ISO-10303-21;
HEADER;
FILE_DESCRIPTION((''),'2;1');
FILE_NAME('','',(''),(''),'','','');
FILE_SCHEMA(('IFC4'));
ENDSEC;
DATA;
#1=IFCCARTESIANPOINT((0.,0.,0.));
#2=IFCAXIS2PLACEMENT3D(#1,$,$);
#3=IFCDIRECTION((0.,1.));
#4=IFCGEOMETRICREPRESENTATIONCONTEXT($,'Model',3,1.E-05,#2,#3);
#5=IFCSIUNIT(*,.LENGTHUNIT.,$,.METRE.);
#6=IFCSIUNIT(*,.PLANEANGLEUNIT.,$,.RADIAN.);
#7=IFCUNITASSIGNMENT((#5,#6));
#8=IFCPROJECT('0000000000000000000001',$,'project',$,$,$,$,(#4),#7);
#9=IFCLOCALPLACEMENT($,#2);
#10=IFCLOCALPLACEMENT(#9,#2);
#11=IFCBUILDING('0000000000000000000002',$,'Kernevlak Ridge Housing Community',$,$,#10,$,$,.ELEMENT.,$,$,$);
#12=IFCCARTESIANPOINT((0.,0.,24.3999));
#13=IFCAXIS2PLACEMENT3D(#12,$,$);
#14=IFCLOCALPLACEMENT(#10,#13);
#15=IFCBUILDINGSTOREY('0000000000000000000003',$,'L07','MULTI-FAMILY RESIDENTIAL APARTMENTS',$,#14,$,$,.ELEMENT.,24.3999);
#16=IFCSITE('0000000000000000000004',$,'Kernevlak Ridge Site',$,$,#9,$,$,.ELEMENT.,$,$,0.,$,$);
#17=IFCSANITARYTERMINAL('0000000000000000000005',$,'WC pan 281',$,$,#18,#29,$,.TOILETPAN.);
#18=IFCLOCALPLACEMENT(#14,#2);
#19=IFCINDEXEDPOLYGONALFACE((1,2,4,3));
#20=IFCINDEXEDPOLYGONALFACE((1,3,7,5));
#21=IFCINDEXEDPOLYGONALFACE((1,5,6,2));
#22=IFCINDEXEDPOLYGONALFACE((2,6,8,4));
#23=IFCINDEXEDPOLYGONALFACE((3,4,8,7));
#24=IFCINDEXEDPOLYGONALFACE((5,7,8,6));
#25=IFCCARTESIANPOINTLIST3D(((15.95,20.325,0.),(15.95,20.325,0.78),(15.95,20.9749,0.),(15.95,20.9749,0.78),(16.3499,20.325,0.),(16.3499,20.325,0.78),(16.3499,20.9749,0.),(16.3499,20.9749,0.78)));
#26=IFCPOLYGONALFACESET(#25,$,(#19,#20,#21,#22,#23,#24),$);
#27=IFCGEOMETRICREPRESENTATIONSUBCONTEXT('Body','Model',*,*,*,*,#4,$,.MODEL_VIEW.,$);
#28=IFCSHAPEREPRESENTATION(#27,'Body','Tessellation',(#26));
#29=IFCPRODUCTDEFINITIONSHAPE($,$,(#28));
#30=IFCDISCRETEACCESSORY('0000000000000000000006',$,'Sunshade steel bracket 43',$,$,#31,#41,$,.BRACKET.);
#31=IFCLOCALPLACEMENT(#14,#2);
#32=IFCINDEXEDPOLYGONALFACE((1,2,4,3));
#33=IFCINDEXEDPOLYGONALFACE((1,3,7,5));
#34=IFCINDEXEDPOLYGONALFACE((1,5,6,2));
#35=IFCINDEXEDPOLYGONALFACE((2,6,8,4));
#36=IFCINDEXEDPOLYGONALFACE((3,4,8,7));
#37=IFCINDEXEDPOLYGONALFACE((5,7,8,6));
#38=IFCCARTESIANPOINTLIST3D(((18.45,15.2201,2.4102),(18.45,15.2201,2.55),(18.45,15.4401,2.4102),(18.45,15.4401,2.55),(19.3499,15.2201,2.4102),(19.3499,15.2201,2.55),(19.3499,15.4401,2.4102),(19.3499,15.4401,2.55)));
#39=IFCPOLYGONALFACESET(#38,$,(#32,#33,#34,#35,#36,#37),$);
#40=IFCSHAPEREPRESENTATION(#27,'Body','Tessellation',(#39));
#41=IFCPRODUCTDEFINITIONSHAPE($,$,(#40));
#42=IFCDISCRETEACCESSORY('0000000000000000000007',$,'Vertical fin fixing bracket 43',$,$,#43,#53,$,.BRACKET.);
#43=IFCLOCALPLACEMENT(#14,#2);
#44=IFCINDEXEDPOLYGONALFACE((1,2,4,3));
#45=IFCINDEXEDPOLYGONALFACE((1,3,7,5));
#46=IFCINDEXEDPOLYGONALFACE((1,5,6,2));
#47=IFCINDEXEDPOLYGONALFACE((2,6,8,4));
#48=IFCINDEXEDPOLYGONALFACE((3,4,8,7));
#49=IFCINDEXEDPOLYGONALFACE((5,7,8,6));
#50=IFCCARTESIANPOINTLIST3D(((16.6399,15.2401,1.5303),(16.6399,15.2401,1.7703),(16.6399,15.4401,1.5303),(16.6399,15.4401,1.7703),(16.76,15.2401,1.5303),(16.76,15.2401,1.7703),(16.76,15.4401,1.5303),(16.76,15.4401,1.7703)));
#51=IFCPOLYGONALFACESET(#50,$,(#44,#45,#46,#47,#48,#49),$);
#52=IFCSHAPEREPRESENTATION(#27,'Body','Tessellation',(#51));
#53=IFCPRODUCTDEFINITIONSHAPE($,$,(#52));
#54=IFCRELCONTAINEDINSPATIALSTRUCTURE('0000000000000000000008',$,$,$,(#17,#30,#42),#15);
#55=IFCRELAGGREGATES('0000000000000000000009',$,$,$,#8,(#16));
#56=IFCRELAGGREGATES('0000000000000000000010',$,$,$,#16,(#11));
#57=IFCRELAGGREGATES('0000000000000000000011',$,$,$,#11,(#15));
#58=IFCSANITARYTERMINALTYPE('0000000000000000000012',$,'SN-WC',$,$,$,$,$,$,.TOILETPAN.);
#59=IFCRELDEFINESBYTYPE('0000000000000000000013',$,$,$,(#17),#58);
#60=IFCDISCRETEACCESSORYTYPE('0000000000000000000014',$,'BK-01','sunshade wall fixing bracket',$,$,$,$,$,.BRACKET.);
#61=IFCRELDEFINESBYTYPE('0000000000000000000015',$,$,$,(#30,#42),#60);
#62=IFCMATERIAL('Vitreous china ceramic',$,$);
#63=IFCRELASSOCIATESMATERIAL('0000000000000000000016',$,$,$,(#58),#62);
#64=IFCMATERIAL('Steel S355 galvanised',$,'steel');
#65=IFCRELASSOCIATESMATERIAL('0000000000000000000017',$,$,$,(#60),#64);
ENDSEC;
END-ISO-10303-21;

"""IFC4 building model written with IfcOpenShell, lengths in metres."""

from ifc_helpers import new_model, si_unit, direction, frame, origin, origin_2d, place, context, subcontext, project, spatial, rectangle, extrude, material, type_object, element, save


model = new_model("IFC4")

# Units and contexts
model_context = context("Model", 3, precision=1e-05, world=origin(), true_north=direction((0.0, 1.0)))
body_context = subcontext(model_context, "Body", "Model", "MODEL_VIEW")
ifc_project = project(units=[si_unit("LENGTHUNIT", "METRE"), si_unit("PLANEANGLEUNIT", "RADIAN")], contexts=[model_context])

# Site, building, storey
site_placement = place(None, origin())
site = spatial("IfcSite", under=ifc_project, at=site_placement, Name="Kernevlak Ridge Site", CompositionType="ELEMENT", RefElevation=0.0)
building_placement = place(site_placement, origin())
building = spatial("IfcBuilding", under=site, at=building_placement, Name="Kernevlak Ridge Housing Community", CompositionType="ELEMENT")
storey_placement = place(building_placement, frame((0.0, 0.0, 24.3999)))
storey = spatial("IfcBuildingStorey", under=building, at=storey_placement, Name="L07", Description="MULTI-FAMILY RESIDENTIAL APARTMENTS", CompositionType="ELEMENT", Elevation=24.3999)

# Sanitary terminal
ifc_material_1 = material(Name="Vitreous china ceramic")
sanitary_terminal_type_1 = type_object("IfcSanitaryTerminalType", Name="SN-WC", PredefinedType="TOILETPAN", material=ifc_material_1)
sanitary_terminal_1_placement = place(storey_placement, frame((16.1499, 20.6499, 0.0), z_axis=(0.0, 0.0, 1.0), x_axis=(1.0, 0.0, 0.0)))
element("IfcSanitaryTerminal", 1, at=sanitary_terminal_1_placement, inside=storey, type_object=sanitary_terminal_type_1, Name="WC pan 281", PredefinedType="TOILETPAN", context=body_context, shape_type="SweptSolid", body=[
    extrude(rectangle(XDim=0.3999, YDim=0.6499, at=origin_2d()), origin(), (0.0, 0.0, 1.0), 0.78),
])

# Discrete accessories
ifc_material_2 = material(Name="Steel S355 galvanised", Category="steel")
discrete_accessory_type = type_object("IfcDiscreteAccessoryType", Name="BK-01", Description="sunshade wall fixing bracket", PredefinedType="BRACKET", material=ifc_material_2)
discrete_accessory_1_placement = place(storey_placement, frame((18.8999, 15.3301, 2.4102), z_axis=(0.0, 0.0, 1.0), x_axis=(1.0, 0.0, 0.0)))
element("IfcDiscreteAccessory", 2, at=discrete_accessory_1_placement, inside=storey, type_object=discrete_accessory_type, Name="Sunshade steel bracket 43", PredefinedType="BRACKET", context=body_context, shape_type="SweptSolid", body=[
    extrude(rectangle(XDim=0.8999, YDim=0.22, at=origin_2d()), origin(), (0.0, 0.0, 1.0), 0.1399),
])
discrete_accessory_2_placement = place(storey_placement, frame((16.7, 15.3401, 1.5303), z_axis=(0.0, 0.0, 1.0), x_axis=(1.0, 0.0, 0.0)))
element("IfcDiscreteAccessory", 3, at=discrete_accessory_2_placement, inside=storey, type_object=discrete_accessory_type, Name="Vertical fin fixing bracket 43", PredefinedType="BRACKET", context=body_context, shape_type="SweptSolid", body=[
    extrude(rectangle(XDim=0.1201, YDim=0.2, at=origin_2d()), origin(), (0.0, 0.0, 1.0), 0.24),
])

save(model, "model.ifc")
